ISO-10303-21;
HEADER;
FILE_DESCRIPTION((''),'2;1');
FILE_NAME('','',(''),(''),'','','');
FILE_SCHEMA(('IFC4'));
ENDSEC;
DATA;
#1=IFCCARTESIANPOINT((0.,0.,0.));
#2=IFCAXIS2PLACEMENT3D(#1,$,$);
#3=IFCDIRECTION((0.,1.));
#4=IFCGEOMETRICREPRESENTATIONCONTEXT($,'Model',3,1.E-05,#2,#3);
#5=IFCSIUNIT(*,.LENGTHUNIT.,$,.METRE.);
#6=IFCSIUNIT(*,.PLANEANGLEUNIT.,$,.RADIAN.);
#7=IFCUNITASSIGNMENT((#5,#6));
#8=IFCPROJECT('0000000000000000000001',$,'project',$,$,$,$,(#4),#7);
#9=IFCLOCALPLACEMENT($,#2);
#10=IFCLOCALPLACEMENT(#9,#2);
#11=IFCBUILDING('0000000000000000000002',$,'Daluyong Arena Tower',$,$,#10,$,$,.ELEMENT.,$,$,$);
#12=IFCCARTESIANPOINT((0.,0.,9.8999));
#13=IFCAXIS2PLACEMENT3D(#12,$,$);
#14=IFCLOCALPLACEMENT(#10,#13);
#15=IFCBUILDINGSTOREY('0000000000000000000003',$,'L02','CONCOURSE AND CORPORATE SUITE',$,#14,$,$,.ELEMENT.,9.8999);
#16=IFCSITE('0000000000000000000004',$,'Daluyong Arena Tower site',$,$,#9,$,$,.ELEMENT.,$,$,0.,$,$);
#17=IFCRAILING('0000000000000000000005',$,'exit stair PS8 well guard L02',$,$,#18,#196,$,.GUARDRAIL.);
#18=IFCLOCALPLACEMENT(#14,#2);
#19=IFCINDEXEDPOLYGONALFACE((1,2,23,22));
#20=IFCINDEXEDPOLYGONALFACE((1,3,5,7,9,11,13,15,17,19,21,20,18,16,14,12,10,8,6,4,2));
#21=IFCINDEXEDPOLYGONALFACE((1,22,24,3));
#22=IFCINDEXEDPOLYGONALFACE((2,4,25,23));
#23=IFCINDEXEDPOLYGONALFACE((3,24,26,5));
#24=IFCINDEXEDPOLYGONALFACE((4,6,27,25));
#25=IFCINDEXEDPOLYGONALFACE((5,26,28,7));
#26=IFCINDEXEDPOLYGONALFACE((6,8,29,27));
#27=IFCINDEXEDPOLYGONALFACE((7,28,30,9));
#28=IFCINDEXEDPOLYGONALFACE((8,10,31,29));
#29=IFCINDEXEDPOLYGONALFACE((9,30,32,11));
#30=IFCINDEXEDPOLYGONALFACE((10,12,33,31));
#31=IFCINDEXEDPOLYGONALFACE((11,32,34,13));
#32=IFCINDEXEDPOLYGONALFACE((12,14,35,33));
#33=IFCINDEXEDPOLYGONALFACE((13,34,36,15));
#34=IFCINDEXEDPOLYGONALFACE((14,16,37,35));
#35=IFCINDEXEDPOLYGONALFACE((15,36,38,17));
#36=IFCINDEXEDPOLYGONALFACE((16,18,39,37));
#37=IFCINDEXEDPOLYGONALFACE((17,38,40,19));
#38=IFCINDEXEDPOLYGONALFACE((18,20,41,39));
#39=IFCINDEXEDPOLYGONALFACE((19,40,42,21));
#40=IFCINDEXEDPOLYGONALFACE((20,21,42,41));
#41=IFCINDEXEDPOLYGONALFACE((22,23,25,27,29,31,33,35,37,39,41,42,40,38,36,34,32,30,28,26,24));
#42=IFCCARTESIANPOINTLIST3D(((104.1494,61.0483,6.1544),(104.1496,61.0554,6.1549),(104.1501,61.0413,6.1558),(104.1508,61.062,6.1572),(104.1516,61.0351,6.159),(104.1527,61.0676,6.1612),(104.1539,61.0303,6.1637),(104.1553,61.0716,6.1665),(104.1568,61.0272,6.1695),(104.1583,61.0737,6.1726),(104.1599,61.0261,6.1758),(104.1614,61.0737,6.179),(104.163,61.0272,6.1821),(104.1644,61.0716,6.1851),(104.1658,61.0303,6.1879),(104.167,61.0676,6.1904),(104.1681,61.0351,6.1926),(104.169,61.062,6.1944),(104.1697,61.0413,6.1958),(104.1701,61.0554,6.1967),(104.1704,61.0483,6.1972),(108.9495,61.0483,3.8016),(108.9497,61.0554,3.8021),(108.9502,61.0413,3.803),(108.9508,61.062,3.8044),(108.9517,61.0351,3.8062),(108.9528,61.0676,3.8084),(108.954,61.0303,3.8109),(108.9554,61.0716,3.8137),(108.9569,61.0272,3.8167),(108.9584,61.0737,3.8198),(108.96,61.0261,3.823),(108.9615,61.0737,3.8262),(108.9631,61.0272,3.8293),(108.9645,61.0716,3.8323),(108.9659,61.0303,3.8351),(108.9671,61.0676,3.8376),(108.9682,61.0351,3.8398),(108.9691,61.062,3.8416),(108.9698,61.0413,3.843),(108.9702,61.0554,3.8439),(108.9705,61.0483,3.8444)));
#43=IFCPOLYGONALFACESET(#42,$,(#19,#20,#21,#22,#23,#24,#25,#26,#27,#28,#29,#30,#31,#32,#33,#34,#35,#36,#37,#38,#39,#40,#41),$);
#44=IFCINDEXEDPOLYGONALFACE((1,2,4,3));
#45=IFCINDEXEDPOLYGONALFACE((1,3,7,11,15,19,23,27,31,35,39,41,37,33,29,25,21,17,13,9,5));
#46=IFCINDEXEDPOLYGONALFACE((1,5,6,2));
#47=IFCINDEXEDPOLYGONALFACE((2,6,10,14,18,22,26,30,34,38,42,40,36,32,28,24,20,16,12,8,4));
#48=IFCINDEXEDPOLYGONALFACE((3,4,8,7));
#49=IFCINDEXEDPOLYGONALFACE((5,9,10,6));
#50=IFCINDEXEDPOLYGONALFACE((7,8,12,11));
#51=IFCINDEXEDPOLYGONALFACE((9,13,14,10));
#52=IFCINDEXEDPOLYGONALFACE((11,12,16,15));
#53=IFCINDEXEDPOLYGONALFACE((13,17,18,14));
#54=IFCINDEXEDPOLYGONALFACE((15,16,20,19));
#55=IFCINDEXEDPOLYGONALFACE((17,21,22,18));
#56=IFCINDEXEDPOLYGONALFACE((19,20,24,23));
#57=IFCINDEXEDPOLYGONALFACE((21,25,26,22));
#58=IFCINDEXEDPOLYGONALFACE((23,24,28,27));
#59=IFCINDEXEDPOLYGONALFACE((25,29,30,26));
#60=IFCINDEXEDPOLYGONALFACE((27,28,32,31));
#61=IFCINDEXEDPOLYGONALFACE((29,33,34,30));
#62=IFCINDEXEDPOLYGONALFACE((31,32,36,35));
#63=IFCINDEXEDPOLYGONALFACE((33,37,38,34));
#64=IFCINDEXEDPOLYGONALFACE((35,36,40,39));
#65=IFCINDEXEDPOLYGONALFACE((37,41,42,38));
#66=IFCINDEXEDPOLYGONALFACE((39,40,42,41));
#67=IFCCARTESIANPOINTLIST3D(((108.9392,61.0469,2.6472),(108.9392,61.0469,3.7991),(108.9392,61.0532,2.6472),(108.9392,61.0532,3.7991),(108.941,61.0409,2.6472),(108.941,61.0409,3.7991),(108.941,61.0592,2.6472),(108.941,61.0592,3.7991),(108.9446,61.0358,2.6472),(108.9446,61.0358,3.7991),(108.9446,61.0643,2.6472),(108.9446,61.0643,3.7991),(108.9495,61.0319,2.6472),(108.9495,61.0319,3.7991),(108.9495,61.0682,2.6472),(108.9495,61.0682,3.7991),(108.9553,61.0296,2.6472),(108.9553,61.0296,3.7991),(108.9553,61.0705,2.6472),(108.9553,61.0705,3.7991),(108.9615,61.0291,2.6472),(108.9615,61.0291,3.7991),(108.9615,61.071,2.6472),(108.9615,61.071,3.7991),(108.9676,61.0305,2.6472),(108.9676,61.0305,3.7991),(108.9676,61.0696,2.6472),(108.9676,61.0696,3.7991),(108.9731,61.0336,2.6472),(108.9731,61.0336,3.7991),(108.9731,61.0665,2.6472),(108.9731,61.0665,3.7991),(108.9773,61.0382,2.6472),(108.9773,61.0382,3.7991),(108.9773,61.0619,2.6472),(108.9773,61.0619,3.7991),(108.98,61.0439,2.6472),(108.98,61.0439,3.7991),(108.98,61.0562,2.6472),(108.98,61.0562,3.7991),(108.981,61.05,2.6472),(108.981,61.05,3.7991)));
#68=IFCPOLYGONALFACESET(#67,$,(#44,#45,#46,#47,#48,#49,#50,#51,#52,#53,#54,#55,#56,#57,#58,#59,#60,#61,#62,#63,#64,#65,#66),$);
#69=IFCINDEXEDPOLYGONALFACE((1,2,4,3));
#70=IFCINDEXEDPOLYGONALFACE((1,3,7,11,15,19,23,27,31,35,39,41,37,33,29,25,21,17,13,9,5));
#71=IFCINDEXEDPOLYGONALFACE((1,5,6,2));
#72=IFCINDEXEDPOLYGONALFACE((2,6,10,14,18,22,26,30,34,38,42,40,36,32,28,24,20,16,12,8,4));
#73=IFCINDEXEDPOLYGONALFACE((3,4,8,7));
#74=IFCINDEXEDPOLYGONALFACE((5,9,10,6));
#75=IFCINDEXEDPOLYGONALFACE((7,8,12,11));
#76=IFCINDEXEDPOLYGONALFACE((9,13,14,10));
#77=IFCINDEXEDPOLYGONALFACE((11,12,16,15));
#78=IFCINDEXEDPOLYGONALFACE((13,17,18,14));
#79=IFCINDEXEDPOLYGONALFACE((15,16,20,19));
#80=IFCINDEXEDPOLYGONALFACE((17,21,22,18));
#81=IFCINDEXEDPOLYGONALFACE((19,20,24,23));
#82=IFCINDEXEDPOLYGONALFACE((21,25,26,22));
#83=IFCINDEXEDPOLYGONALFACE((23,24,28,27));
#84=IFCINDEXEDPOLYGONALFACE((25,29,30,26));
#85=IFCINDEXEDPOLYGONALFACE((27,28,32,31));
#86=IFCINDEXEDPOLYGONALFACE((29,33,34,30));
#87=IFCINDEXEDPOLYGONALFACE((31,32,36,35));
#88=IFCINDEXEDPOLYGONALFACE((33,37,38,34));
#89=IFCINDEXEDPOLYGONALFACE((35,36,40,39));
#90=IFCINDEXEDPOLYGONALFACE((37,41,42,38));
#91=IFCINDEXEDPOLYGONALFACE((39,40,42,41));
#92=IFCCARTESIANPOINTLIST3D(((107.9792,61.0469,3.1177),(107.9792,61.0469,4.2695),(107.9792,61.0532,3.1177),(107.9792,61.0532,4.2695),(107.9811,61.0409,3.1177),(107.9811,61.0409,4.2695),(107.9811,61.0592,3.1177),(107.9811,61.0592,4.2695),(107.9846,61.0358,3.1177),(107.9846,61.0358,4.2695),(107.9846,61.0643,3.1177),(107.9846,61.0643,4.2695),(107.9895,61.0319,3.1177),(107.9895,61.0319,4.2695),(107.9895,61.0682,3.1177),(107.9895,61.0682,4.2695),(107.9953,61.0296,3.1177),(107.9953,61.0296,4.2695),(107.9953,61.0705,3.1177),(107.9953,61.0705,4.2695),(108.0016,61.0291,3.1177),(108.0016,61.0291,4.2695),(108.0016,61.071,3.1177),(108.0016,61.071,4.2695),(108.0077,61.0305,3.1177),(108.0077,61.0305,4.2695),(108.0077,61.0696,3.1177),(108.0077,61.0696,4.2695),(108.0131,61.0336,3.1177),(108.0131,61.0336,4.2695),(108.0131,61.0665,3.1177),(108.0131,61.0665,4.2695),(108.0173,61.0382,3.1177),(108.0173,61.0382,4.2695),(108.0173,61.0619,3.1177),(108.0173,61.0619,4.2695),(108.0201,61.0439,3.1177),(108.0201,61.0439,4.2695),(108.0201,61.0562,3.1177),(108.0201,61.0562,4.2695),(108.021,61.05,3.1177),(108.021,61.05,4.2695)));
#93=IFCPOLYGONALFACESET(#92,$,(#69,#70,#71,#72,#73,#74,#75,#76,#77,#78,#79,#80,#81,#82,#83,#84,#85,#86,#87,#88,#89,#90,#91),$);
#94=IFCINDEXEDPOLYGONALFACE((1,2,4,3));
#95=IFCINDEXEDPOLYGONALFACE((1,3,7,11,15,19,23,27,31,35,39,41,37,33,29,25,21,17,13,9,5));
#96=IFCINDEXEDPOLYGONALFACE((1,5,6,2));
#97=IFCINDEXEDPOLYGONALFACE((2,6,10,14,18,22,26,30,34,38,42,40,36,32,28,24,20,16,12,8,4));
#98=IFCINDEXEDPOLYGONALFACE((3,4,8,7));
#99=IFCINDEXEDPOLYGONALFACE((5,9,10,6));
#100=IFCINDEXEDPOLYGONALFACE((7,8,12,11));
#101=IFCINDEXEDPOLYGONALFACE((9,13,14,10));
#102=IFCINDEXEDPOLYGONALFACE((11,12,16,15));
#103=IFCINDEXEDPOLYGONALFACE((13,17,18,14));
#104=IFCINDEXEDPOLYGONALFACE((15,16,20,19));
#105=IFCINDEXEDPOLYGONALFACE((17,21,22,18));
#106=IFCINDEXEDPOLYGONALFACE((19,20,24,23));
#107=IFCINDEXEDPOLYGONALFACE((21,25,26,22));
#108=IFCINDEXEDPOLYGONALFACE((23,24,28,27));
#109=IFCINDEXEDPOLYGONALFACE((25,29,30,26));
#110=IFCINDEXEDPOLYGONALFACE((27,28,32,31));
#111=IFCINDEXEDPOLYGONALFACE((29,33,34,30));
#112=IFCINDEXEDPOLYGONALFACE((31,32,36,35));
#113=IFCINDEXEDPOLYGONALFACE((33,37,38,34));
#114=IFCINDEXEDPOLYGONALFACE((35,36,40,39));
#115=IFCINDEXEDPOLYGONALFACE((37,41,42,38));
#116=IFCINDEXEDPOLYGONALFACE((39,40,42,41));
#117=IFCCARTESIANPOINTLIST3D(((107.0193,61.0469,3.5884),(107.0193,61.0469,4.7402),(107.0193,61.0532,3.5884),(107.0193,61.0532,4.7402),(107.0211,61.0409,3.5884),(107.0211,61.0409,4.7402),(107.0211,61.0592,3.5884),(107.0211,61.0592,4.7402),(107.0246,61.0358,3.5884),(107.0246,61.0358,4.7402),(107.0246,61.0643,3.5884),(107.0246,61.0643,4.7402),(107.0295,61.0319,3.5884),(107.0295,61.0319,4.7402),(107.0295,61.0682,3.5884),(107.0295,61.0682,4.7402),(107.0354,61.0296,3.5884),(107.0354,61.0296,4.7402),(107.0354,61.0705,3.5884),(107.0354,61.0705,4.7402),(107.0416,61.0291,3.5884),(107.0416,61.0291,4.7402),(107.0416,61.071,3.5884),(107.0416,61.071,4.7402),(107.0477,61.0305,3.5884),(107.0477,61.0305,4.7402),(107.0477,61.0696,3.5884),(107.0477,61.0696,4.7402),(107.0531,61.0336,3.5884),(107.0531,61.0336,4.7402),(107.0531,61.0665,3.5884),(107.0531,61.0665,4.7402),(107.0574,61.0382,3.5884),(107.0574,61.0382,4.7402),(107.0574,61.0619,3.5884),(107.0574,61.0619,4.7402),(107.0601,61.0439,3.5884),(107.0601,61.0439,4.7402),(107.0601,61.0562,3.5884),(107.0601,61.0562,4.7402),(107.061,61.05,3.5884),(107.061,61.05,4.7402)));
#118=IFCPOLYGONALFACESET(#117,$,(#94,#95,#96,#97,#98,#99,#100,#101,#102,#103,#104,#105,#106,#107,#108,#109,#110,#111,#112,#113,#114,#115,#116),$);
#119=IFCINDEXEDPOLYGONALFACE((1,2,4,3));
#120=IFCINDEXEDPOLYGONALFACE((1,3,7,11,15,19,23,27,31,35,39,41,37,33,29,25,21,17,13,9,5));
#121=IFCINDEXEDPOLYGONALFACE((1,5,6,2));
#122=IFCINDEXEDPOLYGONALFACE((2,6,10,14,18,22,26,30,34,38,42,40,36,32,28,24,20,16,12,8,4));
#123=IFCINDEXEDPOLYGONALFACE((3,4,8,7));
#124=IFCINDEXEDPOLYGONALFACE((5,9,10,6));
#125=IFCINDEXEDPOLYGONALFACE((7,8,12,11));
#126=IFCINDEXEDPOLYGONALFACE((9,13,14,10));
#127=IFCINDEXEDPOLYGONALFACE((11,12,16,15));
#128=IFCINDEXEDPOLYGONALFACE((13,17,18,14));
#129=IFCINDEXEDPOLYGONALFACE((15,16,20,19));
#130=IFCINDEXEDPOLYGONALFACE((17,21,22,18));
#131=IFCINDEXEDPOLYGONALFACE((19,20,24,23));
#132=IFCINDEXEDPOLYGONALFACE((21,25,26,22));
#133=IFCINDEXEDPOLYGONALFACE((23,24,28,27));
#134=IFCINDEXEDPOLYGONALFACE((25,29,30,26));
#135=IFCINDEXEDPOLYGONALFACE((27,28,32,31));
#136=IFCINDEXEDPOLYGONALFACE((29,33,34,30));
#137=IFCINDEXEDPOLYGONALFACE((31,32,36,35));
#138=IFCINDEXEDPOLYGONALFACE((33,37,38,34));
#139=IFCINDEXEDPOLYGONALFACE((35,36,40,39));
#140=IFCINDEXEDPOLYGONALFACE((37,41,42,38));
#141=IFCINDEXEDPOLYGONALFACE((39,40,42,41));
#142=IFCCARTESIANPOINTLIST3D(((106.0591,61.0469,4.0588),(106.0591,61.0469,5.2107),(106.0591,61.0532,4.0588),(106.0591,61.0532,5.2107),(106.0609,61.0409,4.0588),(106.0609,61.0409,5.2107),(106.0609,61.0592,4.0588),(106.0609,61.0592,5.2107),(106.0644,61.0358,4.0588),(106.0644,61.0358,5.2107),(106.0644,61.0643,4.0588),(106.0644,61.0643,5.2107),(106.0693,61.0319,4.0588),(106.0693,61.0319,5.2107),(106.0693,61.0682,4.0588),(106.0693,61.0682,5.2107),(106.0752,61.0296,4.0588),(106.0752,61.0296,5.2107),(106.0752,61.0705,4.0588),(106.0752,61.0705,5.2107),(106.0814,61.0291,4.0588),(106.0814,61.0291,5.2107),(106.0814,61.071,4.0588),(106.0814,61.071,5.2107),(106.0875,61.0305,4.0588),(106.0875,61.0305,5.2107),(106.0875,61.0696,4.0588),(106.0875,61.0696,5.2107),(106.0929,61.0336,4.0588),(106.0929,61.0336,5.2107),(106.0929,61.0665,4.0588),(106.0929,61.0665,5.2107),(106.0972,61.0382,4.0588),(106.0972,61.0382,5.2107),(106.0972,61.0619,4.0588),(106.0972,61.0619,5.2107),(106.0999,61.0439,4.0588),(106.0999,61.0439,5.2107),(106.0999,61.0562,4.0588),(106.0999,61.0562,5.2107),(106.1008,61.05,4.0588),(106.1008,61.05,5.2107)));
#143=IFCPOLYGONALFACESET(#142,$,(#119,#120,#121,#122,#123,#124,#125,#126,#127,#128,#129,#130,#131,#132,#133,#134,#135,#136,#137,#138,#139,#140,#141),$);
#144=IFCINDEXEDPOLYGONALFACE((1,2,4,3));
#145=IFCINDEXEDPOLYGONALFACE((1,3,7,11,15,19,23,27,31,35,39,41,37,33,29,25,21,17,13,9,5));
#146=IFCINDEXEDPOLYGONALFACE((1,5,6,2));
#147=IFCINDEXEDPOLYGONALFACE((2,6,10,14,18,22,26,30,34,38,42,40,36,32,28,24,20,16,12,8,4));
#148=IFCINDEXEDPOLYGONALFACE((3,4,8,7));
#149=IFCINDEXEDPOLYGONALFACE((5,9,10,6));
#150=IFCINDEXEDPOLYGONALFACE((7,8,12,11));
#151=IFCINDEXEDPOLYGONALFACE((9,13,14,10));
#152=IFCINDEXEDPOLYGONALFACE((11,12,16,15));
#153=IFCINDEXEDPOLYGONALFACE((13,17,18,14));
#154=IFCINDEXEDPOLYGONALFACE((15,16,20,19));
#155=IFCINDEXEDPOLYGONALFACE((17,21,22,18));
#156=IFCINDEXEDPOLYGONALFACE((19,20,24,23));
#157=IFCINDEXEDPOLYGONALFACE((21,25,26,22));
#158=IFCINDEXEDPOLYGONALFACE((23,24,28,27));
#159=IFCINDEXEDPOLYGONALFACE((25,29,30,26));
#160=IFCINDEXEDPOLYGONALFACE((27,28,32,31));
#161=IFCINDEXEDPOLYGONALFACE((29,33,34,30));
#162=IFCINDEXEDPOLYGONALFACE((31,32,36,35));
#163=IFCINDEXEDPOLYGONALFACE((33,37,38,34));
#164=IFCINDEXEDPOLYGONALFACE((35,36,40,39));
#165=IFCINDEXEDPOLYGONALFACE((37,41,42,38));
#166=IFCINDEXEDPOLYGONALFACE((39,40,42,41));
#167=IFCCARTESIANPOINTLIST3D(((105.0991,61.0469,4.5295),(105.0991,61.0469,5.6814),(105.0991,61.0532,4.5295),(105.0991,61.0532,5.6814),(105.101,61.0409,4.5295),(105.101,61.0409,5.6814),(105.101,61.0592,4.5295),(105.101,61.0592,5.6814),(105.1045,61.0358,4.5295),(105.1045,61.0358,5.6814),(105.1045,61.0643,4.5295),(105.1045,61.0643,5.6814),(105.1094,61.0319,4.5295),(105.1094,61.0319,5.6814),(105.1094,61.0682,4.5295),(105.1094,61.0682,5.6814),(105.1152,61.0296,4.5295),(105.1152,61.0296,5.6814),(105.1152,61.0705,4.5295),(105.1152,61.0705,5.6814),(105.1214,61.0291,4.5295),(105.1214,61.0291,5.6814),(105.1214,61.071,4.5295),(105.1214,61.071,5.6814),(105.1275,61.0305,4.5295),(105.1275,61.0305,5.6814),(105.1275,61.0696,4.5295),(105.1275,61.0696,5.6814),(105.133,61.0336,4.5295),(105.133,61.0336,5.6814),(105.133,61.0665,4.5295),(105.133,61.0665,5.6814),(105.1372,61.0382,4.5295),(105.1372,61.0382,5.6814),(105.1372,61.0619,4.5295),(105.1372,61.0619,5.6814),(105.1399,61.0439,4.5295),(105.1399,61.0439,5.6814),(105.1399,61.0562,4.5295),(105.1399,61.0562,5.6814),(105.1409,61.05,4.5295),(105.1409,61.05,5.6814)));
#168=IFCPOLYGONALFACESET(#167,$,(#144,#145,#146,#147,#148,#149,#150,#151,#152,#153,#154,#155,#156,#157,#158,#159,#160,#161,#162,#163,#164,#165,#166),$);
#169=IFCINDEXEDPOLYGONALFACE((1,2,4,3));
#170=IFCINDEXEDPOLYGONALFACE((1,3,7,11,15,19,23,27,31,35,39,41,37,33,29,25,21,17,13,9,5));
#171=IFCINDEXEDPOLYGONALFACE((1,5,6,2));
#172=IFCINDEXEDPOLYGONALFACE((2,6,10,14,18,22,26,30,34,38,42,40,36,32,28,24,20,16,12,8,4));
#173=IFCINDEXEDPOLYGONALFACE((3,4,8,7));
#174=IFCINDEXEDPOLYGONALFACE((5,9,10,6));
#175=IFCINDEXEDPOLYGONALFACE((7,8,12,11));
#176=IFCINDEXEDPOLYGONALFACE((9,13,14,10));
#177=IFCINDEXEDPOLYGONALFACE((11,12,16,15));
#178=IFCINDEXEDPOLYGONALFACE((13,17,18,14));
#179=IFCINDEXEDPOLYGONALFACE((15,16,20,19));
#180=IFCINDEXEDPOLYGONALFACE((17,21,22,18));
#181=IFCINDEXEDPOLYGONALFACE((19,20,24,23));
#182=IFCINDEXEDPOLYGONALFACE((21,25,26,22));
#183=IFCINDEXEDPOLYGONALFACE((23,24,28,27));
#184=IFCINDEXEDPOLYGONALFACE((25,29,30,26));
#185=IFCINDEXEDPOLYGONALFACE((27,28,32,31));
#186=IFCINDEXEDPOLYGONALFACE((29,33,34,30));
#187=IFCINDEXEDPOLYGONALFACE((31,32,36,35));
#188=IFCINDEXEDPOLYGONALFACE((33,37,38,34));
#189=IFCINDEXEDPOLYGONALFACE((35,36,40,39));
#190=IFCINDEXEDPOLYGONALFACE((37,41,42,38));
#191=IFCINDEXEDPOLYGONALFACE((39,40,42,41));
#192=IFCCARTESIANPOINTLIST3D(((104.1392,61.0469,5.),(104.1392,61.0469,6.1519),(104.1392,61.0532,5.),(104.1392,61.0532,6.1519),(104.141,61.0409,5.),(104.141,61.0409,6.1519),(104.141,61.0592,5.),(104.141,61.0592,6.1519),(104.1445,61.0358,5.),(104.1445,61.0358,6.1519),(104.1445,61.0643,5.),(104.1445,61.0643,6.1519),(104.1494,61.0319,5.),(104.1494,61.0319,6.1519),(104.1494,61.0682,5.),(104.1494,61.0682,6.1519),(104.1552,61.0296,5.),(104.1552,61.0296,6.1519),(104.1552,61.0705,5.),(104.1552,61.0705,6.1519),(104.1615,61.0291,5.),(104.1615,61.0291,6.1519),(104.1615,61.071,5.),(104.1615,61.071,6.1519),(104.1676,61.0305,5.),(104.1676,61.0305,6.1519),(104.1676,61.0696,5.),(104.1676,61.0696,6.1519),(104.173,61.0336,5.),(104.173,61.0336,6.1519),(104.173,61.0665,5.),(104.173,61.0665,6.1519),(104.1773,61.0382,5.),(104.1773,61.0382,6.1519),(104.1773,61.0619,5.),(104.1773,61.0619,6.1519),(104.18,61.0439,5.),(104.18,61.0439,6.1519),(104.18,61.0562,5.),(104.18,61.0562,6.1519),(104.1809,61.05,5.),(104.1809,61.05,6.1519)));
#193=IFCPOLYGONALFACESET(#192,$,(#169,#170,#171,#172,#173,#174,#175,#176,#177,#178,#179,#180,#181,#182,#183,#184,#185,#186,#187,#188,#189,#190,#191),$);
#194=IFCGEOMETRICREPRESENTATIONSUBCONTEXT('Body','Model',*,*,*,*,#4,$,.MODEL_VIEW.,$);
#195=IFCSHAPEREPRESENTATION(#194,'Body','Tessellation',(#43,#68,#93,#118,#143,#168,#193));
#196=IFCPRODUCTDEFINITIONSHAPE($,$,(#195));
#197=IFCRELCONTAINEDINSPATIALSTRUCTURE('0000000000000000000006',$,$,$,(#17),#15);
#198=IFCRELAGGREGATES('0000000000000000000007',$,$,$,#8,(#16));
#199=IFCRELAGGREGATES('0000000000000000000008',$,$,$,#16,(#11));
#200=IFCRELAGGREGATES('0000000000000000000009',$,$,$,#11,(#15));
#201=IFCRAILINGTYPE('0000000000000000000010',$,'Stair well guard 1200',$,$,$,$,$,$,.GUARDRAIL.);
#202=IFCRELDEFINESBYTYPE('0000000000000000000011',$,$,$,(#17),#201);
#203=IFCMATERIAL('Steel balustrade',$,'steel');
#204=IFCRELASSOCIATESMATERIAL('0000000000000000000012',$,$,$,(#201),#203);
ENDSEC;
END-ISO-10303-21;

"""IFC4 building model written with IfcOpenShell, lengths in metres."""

from ifc_helpers import new_model, si_unit, direction, frame, origin, origin_2d, place, context, subcontext, project, spatial, circle, extrude, material, type_object, element, save


model = new_model("IFC4")

# Units and contexts
model_context = context("Model", 3, precision=1e-05, world=origin(), true_north=direction((0.0, 1.0)))
body_context = subcontext(model_context, "Body", "Model", "MODEL_VIEW")
ifc_project = project(units=[si_unit("LENGTHUNIT", "METRE"), si_unit("PLANEANGLEUNIT", "RADIAN")], contexts=[model_context])

# Site, building, storey
site_placement = place(None, origin())
site = spatial("IfcSite", under=ifc_project, at=site_placement, Name="Daluyong Arena Tower site", CompositionType="ELEMENT", RefElevation=0.0)
building_placement = place(site_placement, origin())
building = spatial("IfcBuilding", under=site, at=building_placement, Name="Daluyong Arena Tower", CompositionType="ELEMENT")
storey_placement = place(building_placement, frame((0.0, 0.0, 9.8999)))
storey = spatial("IfcBuildingStorey", under=building, at=storey_placement, Name="L02", Description="CONCOURSE AND CORPORATE SUITE", CompositionType="ELEMENT", Elevation=9.8999)

# Railing
ifc_material_1 = material(Name="Steel balustrade", Category="steel")
railing_type_1 = type_object("IfcRailingType", Name="Stair well guard 1200", PredefinedType="GUARDRAIL", material=ifc_material_1)
railing_1_placement = place(storey_placement, frame((108.96, 61.05, 2.6472)))
element("IfcRailing", 1, at=railing_1_placement, inside=storey, type_object=railing_type_1, Name="exit stair PS8 well guard L02", PredefinedType="GUARDRAIL", context=body_context, shape_type="SweptSolid", body=[
    extrude(circle(Radius=0.0239, at=origin_2d()), frame((0.0, 0.0, 1.1758), z_axis=(-0.897934, 0.0, 0.44013), x_axis=(0.0, -1.0, 0.0)), (0.0, 0.0, 1.0), 5.3457),
    extrude(circle(Radius=0.021, at=origin_2d()), origin(), (0.0, 0.0, 1.0), 1.1519),
    extrude(circle(Radius=0.021, at=origin_2d()), frame((-0.96, 0.0, 0.4705)), (0.0, 0.0, 1.0), 1.1519),
    extrude(circle(Radius=0.021, at=origin_2d()), frame((-1.9199, 0.0, 0.9412)), (0.0, 0.0, 1.0), 1.1519),
    extrude(circle(Radius=0.021, at=origin_2d()), frame((-2.8801, 0.0, 1.4116)), (0.0, 0.0, 1.0), 1.1519),
    extrude(circle(Radius=0.021, at=origin_2d()), frame((-3.8401, 0.0, 1.8823)), (0.0, 0.0, 1.0), 1.1519),
    extrude(circle(Radius=0.021, at=origin_2d()), frame((-4.8, 0.0, 2.3528)), (0.0, 0.0, 1.0), 1.1519),
])

save(model, "model.ifc")
